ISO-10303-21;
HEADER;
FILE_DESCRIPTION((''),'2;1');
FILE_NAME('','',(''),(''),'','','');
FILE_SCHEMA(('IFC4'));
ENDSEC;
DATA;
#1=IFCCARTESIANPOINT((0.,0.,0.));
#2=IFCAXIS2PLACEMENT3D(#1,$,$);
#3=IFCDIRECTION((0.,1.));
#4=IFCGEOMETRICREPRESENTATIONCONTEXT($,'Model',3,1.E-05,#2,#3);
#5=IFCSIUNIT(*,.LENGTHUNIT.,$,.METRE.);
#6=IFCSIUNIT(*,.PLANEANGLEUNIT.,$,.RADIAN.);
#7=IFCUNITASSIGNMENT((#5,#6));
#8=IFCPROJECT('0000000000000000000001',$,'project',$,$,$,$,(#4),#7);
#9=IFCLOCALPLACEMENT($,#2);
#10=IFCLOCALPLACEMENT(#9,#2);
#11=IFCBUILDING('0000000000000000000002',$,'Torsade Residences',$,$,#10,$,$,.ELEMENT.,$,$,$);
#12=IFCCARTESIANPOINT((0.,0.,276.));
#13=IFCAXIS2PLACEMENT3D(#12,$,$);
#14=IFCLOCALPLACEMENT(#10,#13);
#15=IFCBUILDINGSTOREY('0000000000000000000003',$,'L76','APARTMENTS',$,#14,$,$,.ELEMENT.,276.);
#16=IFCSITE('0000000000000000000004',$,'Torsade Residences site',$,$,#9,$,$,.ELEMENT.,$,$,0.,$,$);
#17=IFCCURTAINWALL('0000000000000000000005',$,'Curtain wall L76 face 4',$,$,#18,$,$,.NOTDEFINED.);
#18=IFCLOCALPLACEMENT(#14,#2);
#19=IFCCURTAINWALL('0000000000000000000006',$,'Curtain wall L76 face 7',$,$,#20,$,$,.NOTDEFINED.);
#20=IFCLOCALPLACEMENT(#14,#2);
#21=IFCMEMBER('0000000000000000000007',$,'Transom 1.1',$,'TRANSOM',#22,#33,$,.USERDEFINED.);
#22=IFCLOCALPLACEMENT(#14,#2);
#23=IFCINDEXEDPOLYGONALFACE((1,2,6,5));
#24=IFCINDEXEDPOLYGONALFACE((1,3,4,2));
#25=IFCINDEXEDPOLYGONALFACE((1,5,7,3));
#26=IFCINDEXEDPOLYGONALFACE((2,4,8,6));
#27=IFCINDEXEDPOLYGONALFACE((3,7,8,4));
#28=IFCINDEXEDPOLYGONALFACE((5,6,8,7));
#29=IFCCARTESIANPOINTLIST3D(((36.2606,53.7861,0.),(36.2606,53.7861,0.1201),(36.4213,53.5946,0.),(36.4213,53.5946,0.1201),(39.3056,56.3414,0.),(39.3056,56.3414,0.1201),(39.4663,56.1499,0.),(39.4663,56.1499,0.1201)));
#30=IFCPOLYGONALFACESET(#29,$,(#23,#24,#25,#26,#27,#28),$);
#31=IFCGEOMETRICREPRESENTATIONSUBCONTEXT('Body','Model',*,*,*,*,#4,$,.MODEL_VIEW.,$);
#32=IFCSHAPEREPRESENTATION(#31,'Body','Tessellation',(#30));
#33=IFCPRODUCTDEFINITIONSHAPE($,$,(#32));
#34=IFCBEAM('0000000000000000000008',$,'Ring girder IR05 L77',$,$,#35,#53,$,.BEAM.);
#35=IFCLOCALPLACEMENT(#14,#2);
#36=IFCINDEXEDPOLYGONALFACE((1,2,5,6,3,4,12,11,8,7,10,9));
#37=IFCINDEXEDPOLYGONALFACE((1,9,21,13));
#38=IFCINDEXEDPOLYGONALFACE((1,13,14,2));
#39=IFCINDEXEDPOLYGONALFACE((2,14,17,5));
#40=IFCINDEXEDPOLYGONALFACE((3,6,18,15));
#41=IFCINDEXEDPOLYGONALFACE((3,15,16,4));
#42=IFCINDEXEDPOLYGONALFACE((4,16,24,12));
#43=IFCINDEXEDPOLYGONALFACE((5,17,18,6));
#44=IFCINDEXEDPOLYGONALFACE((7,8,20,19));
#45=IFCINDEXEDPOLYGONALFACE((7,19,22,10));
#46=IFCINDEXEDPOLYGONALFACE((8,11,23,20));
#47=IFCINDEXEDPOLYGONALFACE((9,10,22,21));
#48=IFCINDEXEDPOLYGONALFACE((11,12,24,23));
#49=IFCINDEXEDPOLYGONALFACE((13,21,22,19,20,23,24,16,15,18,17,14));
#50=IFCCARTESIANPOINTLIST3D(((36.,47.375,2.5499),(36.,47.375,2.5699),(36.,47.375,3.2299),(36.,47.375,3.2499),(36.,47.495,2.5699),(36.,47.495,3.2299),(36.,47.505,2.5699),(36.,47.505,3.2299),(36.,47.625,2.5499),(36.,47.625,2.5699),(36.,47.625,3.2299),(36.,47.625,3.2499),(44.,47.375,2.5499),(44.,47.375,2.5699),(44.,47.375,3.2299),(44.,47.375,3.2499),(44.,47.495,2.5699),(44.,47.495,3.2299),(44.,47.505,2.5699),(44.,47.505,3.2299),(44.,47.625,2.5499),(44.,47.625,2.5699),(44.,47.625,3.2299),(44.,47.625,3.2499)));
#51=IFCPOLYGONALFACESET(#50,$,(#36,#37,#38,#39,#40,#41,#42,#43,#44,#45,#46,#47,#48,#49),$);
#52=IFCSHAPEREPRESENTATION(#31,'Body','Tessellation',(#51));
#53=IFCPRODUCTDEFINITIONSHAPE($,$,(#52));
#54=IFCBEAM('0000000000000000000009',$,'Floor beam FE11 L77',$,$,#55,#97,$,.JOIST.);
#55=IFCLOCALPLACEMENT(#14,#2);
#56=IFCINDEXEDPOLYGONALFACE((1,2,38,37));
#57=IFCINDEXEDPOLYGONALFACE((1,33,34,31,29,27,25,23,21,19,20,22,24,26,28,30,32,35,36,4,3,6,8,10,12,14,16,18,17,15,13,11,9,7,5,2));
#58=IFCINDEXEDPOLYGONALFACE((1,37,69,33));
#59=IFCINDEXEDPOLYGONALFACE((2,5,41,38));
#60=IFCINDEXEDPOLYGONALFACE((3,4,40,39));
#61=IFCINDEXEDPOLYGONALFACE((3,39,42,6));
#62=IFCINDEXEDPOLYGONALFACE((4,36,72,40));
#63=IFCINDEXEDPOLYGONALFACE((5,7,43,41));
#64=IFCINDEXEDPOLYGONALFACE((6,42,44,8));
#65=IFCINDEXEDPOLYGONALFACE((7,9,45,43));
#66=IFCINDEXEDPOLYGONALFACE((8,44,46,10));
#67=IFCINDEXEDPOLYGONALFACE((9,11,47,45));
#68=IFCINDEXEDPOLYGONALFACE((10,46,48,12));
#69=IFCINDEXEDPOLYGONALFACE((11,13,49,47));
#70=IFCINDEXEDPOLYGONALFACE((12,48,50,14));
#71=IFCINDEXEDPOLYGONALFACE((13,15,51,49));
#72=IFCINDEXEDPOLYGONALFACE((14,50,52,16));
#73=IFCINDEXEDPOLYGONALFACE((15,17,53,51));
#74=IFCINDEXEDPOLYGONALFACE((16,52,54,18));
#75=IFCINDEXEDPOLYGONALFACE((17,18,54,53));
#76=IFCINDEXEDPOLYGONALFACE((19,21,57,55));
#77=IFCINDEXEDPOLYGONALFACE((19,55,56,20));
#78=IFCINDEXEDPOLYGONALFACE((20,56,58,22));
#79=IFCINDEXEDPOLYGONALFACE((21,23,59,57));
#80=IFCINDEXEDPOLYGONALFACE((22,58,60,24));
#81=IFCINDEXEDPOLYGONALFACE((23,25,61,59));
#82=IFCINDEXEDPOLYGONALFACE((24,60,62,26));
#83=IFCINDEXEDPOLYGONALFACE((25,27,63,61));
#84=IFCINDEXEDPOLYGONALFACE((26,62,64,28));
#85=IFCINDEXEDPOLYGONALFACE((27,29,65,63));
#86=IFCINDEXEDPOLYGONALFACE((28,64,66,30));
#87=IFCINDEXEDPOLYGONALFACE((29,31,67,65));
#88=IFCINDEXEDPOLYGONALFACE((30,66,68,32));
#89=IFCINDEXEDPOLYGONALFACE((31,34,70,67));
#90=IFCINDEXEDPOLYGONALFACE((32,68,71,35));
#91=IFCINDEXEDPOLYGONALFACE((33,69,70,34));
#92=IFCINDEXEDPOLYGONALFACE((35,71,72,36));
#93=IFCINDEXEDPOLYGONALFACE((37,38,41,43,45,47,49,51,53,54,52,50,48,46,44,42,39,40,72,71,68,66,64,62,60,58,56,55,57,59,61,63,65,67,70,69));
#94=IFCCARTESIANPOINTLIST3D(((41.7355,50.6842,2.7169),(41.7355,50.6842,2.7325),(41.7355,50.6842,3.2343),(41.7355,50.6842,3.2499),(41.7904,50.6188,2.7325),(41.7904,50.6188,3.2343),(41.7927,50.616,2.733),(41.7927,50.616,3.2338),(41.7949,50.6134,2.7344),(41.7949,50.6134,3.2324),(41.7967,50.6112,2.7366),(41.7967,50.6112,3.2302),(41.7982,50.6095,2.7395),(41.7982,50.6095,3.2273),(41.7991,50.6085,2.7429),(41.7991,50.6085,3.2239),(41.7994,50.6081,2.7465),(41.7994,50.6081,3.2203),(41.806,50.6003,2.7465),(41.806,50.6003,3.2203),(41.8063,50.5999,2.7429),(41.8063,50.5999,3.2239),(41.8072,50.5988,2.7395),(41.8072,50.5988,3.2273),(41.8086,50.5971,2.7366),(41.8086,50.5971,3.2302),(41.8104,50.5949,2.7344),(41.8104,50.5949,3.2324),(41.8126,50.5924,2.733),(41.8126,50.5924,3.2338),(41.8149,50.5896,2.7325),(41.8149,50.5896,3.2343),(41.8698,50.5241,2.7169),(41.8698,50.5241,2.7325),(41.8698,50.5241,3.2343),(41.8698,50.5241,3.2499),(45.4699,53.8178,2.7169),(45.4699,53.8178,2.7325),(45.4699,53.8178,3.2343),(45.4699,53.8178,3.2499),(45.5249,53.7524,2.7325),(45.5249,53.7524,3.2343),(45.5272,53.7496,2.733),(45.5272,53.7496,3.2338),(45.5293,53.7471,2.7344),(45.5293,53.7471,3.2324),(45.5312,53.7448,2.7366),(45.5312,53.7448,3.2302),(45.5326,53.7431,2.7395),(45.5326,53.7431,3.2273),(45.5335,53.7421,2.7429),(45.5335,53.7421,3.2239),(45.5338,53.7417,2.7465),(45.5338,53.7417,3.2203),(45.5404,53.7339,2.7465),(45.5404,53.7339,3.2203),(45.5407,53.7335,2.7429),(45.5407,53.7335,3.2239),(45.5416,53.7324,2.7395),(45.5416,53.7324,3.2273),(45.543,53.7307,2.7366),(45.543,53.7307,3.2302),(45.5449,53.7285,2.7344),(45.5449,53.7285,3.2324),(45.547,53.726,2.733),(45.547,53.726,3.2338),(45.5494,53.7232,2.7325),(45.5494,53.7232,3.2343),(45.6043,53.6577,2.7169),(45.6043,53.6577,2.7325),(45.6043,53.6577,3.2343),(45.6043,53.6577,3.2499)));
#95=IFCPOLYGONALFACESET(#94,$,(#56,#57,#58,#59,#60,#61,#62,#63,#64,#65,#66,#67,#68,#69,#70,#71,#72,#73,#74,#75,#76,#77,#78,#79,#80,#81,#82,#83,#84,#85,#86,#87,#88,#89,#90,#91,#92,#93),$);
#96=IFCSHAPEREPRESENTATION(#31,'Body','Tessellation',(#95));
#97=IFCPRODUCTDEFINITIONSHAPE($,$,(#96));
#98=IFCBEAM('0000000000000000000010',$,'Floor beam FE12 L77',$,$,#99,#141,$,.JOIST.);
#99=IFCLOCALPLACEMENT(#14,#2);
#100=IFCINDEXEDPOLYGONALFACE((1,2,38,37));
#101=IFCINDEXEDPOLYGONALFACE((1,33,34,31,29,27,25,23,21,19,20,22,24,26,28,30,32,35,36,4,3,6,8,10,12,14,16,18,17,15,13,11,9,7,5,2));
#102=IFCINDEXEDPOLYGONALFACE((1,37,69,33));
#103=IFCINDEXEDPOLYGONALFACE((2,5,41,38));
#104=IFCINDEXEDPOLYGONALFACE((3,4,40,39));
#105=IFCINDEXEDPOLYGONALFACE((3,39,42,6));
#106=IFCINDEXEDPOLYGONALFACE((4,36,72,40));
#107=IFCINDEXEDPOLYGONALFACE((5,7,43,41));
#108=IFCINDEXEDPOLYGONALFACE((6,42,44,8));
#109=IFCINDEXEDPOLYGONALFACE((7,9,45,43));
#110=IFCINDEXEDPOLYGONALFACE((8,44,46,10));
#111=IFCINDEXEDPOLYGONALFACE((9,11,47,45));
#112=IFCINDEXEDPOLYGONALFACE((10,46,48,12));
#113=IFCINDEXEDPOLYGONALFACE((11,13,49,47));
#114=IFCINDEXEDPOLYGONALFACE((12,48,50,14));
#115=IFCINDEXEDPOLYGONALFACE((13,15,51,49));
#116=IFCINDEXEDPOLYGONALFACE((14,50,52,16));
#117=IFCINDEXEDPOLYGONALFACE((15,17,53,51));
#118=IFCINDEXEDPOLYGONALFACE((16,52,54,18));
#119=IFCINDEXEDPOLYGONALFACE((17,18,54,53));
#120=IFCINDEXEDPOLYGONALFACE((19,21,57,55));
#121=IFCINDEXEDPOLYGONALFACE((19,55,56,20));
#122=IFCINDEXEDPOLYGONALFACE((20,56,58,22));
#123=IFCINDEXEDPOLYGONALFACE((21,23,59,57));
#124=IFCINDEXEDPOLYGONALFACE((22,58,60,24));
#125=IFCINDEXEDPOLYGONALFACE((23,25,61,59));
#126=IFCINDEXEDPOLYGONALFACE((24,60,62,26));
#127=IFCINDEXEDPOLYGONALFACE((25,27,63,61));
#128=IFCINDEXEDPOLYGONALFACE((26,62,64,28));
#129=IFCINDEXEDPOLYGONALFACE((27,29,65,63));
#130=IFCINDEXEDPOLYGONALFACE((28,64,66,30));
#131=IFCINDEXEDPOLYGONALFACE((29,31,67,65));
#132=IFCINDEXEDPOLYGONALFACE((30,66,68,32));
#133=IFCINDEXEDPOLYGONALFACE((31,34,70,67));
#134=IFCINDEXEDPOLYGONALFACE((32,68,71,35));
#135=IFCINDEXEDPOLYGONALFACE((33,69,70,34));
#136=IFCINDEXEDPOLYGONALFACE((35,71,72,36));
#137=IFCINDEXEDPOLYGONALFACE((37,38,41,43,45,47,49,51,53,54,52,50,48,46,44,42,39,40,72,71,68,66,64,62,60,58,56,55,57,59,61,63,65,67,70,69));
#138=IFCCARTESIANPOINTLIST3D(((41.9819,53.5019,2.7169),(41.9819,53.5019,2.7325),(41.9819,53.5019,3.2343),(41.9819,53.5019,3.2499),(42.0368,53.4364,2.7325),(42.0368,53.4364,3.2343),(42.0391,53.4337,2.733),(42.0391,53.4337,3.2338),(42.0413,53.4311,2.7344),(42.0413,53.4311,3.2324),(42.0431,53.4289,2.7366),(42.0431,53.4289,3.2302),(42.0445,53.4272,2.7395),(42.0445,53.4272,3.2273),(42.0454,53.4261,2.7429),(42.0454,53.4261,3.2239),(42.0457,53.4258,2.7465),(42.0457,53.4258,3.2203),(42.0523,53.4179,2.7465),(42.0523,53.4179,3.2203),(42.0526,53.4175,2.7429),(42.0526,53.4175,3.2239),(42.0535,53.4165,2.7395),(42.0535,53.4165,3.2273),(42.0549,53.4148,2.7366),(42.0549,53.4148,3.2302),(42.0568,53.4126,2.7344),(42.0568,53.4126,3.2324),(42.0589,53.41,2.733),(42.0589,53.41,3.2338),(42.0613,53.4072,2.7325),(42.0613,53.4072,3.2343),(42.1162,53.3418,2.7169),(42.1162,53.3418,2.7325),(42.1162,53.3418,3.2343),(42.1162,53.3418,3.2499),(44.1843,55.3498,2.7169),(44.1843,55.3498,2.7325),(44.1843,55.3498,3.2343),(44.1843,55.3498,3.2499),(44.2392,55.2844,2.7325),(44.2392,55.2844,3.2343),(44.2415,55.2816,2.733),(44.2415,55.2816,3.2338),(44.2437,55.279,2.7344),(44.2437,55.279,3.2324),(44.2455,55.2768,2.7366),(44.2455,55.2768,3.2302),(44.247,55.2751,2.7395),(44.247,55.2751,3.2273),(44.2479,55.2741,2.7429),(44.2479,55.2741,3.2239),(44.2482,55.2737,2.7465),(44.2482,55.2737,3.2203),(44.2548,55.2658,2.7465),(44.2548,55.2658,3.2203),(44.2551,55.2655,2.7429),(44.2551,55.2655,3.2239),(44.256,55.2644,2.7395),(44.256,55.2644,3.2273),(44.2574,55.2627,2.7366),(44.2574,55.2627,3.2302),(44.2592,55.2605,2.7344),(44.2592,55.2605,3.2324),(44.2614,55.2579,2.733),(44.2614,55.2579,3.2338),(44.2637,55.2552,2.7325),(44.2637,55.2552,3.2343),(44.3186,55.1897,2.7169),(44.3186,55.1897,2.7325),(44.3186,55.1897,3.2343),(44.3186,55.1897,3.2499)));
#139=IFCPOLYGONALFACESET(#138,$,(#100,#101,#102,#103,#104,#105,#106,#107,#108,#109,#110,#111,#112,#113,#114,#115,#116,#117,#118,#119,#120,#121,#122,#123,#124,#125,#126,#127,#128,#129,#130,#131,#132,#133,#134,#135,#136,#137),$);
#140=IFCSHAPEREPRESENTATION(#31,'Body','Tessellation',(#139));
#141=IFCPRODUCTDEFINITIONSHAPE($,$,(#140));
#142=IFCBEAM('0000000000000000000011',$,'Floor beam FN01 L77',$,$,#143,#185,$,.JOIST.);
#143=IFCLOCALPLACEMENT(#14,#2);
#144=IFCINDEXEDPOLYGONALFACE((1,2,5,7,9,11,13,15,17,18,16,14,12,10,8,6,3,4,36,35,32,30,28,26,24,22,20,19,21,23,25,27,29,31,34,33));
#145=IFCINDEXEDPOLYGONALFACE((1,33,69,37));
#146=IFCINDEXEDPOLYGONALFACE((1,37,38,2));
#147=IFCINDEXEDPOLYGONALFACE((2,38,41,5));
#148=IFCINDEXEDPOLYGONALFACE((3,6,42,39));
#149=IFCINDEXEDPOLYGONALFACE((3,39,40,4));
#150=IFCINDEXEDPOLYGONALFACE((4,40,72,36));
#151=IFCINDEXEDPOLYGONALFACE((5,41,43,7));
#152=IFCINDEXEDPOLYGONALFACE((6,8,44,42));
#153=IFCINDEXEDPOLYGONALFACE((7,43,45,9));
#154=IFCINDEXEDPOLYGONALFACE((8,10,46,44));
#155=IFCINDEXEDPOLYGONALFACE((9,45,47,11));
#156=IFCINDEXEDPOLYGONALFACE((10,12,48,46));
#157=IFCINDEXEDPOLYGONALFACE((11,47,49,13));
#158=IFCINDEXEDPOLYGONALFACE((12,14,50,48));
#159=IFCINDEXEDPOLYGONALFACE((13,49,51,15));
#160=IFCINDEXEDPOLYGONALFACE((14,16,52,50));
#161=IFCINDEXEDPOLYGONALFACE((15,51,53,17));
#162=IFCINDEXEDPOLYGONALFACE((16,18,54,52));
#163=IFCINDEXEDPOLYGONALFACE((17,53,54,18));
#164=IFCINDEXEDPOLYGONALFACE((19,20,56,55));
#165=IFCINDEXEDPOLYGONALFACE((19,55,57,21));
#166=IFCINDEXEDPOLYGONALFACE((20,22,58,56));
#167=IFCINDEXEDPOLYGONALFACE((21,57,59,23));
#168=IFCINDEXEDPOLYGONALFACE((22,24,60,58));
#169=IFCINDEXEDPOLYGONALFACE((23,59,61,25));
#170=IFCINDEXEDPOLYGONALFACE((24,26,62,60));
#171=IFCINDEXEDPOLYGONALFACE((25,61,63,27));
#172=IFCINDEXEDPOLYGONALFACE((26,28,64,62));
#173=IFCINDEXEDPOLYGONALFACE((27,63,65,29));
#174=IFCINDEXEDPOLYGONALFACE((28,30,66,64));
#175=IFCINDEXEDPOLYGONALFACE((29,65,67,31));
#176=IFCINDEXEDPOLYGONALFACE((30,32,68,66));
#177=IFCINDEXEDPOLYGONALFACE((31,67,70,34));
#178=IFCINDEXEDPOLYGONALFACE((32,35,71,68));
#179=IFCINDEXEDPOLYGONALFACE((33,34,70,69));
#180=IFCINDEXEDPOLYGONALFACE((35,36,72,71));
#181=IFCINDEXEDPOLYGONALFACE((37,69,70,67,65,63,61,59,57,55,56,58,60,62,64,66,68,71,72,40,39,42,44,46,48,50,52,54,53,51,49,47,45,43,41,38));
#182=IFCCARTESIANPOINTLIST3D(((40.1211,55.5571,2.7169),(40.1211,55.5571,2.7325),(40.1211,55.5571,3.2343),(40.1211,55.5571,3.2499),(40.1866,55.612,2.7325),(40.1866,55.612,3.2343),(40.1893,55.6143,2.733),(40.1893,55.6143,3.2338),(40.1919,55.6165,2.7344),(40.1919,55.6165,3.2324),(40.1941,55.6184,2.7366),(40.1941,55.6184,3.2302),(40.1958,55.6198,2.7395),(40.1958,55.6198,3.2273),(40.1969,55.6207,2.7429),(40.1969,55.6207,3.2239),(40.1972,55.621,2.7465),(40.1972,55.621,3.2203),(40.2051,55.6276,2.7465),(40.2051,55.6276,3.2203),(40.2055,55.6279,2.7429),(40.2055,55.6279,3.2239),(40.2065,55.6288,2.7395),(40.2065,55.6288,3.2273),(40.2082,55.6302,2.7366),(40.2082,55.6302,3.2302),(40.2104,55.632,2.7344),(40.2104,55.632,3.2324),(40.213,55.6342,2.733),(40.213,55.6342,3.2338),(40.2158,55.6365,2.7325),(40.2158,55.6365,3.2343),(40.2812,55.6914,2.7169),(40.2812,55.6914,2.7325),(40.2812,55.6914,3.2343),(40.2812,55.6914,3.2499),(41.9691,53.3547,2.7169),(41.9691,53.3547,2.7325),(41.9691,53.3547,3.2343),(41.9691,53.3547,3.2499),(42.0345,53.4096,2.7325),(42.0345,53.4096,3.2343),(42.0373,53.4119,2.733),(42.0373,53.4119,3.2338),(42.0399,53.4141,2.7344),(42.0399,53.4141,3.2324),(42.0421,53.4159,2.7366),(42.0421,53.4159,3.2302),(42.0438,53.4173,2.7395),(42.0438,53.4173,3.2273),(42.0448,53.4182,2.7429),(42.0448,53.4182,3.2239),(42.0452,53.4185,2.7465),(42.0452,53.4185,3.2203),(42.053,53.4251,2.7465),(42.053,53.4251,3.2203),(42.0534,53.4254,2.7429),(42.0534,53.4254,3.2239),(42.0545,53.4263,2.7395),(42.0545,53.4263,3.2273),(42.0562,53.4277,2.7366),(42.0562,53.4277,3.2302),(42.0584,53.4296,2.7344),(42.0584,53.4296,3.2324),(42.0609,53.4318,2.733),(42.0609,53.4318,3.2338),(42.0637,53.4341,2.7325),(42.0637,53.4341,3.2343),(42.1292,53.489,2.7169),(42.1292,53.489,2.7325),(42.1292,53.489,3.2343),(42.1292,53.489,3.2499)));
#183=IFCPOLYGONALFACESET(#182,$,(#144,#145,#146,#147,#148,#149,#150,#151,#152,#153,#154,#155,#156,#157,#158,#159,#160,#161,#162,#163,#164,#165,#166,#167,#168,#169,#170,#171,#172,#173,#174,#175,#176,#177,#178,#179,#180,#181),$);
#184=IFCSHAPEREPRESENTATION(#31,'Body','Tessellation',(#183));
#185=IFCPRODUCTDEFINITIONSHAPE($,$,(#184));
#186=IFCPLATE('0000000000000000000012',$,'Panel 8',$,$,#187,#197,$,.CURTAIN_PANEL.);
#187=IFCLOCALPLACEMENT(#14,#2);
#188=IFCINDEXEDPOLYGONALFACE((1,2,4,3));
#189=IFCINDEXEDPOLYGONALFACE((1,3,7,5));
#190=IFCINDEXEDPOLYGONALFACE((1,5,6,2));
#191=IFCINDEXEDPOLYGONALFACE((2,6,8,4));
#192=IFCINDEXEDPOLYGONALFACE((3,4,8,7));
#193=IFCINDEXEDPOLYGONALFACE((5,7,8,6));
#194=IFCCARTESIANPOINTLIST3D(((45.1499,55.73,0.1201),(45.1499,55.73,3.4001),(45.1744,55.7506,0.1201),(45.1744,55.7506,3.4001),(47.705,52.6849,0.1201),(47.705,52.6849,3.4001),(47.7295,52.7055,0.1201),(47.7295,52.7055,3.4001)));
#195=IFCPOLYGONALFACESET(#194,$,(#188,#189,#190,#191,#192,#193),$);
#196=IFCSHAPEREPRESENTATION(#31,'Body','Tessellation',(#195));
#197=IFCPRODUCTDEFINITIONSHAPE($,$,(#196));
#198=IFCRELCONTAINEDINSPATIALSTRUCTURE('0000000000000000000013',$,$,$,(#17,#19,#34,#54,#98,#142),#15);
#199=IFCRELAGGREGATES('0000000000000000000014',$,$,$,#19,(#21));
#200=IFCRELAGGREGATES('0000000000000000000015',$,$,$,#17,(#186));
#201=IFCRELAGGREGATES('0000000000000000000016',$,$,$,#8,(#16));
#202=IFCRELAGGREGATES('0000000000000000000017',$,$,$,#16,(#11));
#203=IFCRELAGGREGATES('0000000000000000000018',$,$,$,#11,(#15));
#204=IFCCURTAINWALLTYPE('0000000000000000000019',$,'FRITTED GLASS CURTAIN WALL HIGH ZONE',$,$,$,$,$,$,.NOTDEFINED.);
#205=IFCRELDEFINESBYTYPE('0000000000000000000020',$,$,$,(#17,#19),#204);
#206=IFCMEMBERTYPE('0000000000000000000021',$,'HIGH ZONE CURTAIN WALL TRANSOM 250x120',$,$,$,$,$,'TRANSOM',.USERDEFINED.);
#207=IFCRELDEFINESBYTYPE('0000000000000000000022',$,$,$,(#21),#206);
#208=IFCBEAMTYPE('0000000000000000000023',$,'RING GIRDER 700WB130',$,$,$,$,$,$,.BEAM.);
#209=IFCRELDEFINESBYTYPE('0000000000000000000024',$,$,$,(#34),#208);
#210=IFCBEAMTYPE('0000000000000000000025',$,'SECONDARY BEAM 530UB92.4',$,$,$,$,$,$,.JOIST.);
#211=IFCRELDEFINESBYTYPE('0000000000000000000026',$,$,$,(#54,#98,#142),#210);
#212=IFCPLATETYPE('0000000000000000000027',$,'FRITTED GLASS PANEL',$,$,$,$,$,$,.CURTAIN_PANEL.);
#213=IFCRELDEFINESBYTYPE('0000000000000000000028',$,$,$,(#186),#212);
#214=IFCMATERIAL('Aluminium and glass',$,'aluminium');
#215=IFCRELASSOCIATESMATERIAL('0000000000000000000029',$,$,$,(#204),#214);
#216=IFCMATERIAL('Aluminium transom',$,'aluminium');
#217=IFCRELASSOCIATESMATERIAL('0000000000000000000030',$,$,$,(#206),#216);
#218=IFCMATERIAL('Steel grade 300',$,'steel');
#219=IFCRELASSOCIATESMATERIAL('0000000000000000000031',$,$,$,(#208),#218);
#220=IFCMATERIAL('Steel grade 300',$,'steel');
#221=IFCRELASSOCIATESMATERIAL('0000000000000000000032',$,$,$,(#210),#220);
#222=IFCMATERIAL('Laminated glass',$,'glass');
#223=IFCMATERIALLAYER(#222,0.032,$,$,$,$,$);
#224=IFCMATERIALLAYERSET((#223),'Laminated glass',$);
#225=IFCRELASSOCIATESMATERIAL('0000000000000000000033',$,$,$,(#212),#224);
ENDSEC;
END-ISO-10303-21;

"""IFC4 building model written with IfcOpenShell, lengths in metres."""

from ifc_helpers import new_model, si_unit, direction, frame, origin, origin_2d, place, context, subcontext, project, spatial, rectangle, i_section, extrude, material, layer, layer_set, material_profile, profile_set, type_object, element, aggregate, save


model = new_model("IFC4")

# Units and contexts
model_context = context("Model", 3, precision=1e-05, world=origin(), true_north=direction((0.0, 1.0)))
body_context = subcontext(model_context, "Body", "Model", "MODEL_VIEW")
ifc_project = project(units=[si_unit("LENGTHUNIT", "METRE"), si_unit("PLANEANGLEUNIT", "RADIAN")], contexts=[model_context])

# Site, building, storey
site_placement = place(None, origin())
site = spatial("IfcSite", under=ifc_project, at=site_placement, Name="Torsade Residences site", CompositionType="ELEMENT", RefElevation=0.0)
building_placement = place(site_placement, origin())
building = spatial("IfcBuilding", under=site, at=building_placement, Name="Torsade Residences", CompositionType="ELEMENT")
storey_placement = place(building_placement, frame((0.0, 0.0, 276.0)))
storey = spatial("IfcBuildingStorey", under=building, at=storey_placement, Name="L76", Description="APARTMENTS", CompositionType="ELEMENT", Elevation=276.0)

# Curtain wall
ifc_material_1 = material(Name="Aluminium and glass", Category="aluminium")
curtain_wall_type = type_object("IfcCurtainWallType", Name="FRITTED GLASS CURTAIN WALL HIGH ZONE", PredefinedType="NOTDEFINED", material=ifc_material_1)
curtain_wall_1_placement = place(storey_placement, origin())
curtain_wall_1 = element("IfcCurtainWall", 1, at=curtain_wall_1_placement, inside=storey, type_object=curtain_wall_type, Name="Curtain wall L76 face 4", PredefinedType="NOTDEFINED")

# Curtain wall, member
curtain_wall_2_placement = place(storey_placement, origin())
curtain_wall_2 = element("IfcCurtainWall", 2, at=curtain_wall_2_placement, inside=storey, type_object=curtain_wall_type, Name="Curtain wall L76 face 7", PredefinedType="NOTDEFINED")
ifc_material_2 = material(Name="Aluminium transom", Category="aluminium")
ifc_material_profile_1 = material_profile(ifc_material_2, rectangle(XDim=0.25, YDim=0.1201, at=origin_2d()), Name="HIGH ZONE CURTAIN WALL TRANSOM 250x120")
ifc_profile_set_1 = profile_set([ifc_material_profile_1], Name="Aluminium transom")
member_type_1 = type_object("IfcMemberType", Name="HIGH ZONE CURTAIN WALL TRANSOM 250x120", ElementType="TRANSOM", PredefinedType="USERDEFINED", material=ifc_profile_set_1)
member_1_placement = place(storey_placement, frame((39.386, 56.2456, 0.0601), z_axis=(-0.766022, -0.642815, 0.0), x_axis=(0.642815, -0.766022, 0.0)))
member_1 = element("IfcMember", 3, at=member_1_placement, type_object=member_type_1, Name="Transom 1.1", ObjectType="TRANSOM", PredefinedType="USERDEFINED", context=body_context, shape_type="SweptSolid", body=[
    extrude(rectangle(XDim=0.25, YDim=0.1201, at=origin_2d()), origin(), (0.0, 0.0, 1.0), 3.9751),
])
aggregate(curtain_wall_2, [member_1])

# Beams
ifc_material_3 = material(Name="Steel grade 300", Category="steel")
ifc_material_profile_2 = material_profile(ifc_material_3, i_section(OverallWidth=0.25, OverallDepth=0.7, WebThickness=0.01, FlangeThickness=0.02, at=origin_2d()), Name="700WB130")
ifc_profile_set_2 = profile_set([ifc_material_profile_2], Name="Steel grade 300")
beam_type_1 = type_object("IfcBeamType", Name="RING GIRDER 700WB130", PredefinedType="BEAM", material=ifc_profile_set_2)
beam_1_placement = place(storey_placement, frame((44.0, 47.5, 2.8999), z_axis=(-1.0, 0.0, 0.0), x_axis=(0.0, -1.0, 0.0)))
element("IfcBeam", 4, at=beam_1_placement, inside=storey, type_object=beam_type_1, Name="Ring girder IR05 L77", PredefinedType="BEAM", context=body_context, shape_type="SweptSolid", body=[
    extrude(i_section(OverallWidth=0.25, OverallDepth=0.7, WebThickness=0.01, FlangeThickness=0.02, at=origin_2d()), origin(), (0.0, 0.0, 1.0), 8.0),
])
ifc_material_4 = material(Name="Steel grade 300", Category="steel")
ifc_material_profile_3 = material_profile(ifc_material_4, i_section(OverallWidth=0.209, OverallDepth=0.533, WebThickness=0.0103, FlangeThickness=0.0156, FilletRadius=0.0139, at=origin_2d()), Name="530UB92.4")
ifc_profile_set_3 = profile_set([ifc_material_profile_3], Name="Steel grade 300")
beam_type_2 = type_object("IfcBeamType", Name="SECONDARY BEAM 530UB92.4", PredefinedType="JOIST", material=ifc_profile_set_3)
beam_2_placement = place(storey_placement, frame((45.5371, 53.7378, 2.9834), z_axis=(-0.766041, -0.642791, 0.0), x_axis=(0.642791, -0.766041, 0.0)))
element("IfcBeam", 5, at=beam_2_placement, inside=storey, type_object=beam_type_2, Name="Floor beam FE11 L77", PredefinedType="JOIST", context=body_context, shape_type="SweptSolid", body=[
    extrude(i_section(OverallWidth=0.209, OverallDepth=0.533, WebThickness=0.0103, FlangeThickness=0.0156, FilletRadius=0.0139, at=origin_2d()), origin(), (0.0, 0.0, 1.0), 4.875),
])
for number, where, z_axis, x_axis, name in (
    (6, (44.2515, 55.2698, 2.9834), (-0.766066, -0.642762, 0.0), (0.642762, -0.766066, 0.0), "Floor beam FE12 L77"),
    (7, (40.2012, 55.6243, 2.9834), (0.642762, -0.766066, 0.0), (0.766066, 0.642762, 0.0), "Floor beam FN01 L77"),
):
    element("IfcBeam", number, at=place(storey_placement, frame(where, z_axis=z_axis, x_axis=x_axis)), inside=storey, type_object=beam_type_2, Name=name, PredefinedType="JOIST", context=body_context, shape_type="SweptSolid", body=[
        extrude(i_section(OverallWidth=0.209, OverallDepth=0.533, WebThickness=0.0103, FlangeThickness=0.0156, FilletRadius=0.0139, at=origin_2d()), origin(), (0.0, 0.0, 1.0), 2.875),
    ])

# Plate
ifc_material_5 = material(Name="Laminated glass", Category="glass")
ifc_layer_1 = layer(ifc_material_5, 0.032)
ifc_layer_set_1 = layer_set([ifc_layer_1], Name="Laminated glass")
plate_type = type_object("IfcPlateType", Name="FRITTED GLASS PANEL", PredefinedType="CURTAIN_PANEL", material=ifc_layer_set_1)
plate_placement = place(storey_placement, frame((46.4397, 54.2178, 0.1201), z_axis=(0.0, 0.0, 1.0), x_axis=(-0.642788, 0.766044, 0.0)))
plate = element("IfcPlate", 8, at=plate_placement, type_object=plate_type, Name="Panel 8", PredefinedType="CURTAIN_PANEL", context=body_context, shape_type="SweptSolid", body=[
    extrude(rectangle(XDim=3.9751, YDim=0.032, at=origin_2d()), origin(), (0.0, 0.0, 1.0), 3.28),
])
aggregate(curtain_wall_1, [plate])

save(model, "model.ifc")
